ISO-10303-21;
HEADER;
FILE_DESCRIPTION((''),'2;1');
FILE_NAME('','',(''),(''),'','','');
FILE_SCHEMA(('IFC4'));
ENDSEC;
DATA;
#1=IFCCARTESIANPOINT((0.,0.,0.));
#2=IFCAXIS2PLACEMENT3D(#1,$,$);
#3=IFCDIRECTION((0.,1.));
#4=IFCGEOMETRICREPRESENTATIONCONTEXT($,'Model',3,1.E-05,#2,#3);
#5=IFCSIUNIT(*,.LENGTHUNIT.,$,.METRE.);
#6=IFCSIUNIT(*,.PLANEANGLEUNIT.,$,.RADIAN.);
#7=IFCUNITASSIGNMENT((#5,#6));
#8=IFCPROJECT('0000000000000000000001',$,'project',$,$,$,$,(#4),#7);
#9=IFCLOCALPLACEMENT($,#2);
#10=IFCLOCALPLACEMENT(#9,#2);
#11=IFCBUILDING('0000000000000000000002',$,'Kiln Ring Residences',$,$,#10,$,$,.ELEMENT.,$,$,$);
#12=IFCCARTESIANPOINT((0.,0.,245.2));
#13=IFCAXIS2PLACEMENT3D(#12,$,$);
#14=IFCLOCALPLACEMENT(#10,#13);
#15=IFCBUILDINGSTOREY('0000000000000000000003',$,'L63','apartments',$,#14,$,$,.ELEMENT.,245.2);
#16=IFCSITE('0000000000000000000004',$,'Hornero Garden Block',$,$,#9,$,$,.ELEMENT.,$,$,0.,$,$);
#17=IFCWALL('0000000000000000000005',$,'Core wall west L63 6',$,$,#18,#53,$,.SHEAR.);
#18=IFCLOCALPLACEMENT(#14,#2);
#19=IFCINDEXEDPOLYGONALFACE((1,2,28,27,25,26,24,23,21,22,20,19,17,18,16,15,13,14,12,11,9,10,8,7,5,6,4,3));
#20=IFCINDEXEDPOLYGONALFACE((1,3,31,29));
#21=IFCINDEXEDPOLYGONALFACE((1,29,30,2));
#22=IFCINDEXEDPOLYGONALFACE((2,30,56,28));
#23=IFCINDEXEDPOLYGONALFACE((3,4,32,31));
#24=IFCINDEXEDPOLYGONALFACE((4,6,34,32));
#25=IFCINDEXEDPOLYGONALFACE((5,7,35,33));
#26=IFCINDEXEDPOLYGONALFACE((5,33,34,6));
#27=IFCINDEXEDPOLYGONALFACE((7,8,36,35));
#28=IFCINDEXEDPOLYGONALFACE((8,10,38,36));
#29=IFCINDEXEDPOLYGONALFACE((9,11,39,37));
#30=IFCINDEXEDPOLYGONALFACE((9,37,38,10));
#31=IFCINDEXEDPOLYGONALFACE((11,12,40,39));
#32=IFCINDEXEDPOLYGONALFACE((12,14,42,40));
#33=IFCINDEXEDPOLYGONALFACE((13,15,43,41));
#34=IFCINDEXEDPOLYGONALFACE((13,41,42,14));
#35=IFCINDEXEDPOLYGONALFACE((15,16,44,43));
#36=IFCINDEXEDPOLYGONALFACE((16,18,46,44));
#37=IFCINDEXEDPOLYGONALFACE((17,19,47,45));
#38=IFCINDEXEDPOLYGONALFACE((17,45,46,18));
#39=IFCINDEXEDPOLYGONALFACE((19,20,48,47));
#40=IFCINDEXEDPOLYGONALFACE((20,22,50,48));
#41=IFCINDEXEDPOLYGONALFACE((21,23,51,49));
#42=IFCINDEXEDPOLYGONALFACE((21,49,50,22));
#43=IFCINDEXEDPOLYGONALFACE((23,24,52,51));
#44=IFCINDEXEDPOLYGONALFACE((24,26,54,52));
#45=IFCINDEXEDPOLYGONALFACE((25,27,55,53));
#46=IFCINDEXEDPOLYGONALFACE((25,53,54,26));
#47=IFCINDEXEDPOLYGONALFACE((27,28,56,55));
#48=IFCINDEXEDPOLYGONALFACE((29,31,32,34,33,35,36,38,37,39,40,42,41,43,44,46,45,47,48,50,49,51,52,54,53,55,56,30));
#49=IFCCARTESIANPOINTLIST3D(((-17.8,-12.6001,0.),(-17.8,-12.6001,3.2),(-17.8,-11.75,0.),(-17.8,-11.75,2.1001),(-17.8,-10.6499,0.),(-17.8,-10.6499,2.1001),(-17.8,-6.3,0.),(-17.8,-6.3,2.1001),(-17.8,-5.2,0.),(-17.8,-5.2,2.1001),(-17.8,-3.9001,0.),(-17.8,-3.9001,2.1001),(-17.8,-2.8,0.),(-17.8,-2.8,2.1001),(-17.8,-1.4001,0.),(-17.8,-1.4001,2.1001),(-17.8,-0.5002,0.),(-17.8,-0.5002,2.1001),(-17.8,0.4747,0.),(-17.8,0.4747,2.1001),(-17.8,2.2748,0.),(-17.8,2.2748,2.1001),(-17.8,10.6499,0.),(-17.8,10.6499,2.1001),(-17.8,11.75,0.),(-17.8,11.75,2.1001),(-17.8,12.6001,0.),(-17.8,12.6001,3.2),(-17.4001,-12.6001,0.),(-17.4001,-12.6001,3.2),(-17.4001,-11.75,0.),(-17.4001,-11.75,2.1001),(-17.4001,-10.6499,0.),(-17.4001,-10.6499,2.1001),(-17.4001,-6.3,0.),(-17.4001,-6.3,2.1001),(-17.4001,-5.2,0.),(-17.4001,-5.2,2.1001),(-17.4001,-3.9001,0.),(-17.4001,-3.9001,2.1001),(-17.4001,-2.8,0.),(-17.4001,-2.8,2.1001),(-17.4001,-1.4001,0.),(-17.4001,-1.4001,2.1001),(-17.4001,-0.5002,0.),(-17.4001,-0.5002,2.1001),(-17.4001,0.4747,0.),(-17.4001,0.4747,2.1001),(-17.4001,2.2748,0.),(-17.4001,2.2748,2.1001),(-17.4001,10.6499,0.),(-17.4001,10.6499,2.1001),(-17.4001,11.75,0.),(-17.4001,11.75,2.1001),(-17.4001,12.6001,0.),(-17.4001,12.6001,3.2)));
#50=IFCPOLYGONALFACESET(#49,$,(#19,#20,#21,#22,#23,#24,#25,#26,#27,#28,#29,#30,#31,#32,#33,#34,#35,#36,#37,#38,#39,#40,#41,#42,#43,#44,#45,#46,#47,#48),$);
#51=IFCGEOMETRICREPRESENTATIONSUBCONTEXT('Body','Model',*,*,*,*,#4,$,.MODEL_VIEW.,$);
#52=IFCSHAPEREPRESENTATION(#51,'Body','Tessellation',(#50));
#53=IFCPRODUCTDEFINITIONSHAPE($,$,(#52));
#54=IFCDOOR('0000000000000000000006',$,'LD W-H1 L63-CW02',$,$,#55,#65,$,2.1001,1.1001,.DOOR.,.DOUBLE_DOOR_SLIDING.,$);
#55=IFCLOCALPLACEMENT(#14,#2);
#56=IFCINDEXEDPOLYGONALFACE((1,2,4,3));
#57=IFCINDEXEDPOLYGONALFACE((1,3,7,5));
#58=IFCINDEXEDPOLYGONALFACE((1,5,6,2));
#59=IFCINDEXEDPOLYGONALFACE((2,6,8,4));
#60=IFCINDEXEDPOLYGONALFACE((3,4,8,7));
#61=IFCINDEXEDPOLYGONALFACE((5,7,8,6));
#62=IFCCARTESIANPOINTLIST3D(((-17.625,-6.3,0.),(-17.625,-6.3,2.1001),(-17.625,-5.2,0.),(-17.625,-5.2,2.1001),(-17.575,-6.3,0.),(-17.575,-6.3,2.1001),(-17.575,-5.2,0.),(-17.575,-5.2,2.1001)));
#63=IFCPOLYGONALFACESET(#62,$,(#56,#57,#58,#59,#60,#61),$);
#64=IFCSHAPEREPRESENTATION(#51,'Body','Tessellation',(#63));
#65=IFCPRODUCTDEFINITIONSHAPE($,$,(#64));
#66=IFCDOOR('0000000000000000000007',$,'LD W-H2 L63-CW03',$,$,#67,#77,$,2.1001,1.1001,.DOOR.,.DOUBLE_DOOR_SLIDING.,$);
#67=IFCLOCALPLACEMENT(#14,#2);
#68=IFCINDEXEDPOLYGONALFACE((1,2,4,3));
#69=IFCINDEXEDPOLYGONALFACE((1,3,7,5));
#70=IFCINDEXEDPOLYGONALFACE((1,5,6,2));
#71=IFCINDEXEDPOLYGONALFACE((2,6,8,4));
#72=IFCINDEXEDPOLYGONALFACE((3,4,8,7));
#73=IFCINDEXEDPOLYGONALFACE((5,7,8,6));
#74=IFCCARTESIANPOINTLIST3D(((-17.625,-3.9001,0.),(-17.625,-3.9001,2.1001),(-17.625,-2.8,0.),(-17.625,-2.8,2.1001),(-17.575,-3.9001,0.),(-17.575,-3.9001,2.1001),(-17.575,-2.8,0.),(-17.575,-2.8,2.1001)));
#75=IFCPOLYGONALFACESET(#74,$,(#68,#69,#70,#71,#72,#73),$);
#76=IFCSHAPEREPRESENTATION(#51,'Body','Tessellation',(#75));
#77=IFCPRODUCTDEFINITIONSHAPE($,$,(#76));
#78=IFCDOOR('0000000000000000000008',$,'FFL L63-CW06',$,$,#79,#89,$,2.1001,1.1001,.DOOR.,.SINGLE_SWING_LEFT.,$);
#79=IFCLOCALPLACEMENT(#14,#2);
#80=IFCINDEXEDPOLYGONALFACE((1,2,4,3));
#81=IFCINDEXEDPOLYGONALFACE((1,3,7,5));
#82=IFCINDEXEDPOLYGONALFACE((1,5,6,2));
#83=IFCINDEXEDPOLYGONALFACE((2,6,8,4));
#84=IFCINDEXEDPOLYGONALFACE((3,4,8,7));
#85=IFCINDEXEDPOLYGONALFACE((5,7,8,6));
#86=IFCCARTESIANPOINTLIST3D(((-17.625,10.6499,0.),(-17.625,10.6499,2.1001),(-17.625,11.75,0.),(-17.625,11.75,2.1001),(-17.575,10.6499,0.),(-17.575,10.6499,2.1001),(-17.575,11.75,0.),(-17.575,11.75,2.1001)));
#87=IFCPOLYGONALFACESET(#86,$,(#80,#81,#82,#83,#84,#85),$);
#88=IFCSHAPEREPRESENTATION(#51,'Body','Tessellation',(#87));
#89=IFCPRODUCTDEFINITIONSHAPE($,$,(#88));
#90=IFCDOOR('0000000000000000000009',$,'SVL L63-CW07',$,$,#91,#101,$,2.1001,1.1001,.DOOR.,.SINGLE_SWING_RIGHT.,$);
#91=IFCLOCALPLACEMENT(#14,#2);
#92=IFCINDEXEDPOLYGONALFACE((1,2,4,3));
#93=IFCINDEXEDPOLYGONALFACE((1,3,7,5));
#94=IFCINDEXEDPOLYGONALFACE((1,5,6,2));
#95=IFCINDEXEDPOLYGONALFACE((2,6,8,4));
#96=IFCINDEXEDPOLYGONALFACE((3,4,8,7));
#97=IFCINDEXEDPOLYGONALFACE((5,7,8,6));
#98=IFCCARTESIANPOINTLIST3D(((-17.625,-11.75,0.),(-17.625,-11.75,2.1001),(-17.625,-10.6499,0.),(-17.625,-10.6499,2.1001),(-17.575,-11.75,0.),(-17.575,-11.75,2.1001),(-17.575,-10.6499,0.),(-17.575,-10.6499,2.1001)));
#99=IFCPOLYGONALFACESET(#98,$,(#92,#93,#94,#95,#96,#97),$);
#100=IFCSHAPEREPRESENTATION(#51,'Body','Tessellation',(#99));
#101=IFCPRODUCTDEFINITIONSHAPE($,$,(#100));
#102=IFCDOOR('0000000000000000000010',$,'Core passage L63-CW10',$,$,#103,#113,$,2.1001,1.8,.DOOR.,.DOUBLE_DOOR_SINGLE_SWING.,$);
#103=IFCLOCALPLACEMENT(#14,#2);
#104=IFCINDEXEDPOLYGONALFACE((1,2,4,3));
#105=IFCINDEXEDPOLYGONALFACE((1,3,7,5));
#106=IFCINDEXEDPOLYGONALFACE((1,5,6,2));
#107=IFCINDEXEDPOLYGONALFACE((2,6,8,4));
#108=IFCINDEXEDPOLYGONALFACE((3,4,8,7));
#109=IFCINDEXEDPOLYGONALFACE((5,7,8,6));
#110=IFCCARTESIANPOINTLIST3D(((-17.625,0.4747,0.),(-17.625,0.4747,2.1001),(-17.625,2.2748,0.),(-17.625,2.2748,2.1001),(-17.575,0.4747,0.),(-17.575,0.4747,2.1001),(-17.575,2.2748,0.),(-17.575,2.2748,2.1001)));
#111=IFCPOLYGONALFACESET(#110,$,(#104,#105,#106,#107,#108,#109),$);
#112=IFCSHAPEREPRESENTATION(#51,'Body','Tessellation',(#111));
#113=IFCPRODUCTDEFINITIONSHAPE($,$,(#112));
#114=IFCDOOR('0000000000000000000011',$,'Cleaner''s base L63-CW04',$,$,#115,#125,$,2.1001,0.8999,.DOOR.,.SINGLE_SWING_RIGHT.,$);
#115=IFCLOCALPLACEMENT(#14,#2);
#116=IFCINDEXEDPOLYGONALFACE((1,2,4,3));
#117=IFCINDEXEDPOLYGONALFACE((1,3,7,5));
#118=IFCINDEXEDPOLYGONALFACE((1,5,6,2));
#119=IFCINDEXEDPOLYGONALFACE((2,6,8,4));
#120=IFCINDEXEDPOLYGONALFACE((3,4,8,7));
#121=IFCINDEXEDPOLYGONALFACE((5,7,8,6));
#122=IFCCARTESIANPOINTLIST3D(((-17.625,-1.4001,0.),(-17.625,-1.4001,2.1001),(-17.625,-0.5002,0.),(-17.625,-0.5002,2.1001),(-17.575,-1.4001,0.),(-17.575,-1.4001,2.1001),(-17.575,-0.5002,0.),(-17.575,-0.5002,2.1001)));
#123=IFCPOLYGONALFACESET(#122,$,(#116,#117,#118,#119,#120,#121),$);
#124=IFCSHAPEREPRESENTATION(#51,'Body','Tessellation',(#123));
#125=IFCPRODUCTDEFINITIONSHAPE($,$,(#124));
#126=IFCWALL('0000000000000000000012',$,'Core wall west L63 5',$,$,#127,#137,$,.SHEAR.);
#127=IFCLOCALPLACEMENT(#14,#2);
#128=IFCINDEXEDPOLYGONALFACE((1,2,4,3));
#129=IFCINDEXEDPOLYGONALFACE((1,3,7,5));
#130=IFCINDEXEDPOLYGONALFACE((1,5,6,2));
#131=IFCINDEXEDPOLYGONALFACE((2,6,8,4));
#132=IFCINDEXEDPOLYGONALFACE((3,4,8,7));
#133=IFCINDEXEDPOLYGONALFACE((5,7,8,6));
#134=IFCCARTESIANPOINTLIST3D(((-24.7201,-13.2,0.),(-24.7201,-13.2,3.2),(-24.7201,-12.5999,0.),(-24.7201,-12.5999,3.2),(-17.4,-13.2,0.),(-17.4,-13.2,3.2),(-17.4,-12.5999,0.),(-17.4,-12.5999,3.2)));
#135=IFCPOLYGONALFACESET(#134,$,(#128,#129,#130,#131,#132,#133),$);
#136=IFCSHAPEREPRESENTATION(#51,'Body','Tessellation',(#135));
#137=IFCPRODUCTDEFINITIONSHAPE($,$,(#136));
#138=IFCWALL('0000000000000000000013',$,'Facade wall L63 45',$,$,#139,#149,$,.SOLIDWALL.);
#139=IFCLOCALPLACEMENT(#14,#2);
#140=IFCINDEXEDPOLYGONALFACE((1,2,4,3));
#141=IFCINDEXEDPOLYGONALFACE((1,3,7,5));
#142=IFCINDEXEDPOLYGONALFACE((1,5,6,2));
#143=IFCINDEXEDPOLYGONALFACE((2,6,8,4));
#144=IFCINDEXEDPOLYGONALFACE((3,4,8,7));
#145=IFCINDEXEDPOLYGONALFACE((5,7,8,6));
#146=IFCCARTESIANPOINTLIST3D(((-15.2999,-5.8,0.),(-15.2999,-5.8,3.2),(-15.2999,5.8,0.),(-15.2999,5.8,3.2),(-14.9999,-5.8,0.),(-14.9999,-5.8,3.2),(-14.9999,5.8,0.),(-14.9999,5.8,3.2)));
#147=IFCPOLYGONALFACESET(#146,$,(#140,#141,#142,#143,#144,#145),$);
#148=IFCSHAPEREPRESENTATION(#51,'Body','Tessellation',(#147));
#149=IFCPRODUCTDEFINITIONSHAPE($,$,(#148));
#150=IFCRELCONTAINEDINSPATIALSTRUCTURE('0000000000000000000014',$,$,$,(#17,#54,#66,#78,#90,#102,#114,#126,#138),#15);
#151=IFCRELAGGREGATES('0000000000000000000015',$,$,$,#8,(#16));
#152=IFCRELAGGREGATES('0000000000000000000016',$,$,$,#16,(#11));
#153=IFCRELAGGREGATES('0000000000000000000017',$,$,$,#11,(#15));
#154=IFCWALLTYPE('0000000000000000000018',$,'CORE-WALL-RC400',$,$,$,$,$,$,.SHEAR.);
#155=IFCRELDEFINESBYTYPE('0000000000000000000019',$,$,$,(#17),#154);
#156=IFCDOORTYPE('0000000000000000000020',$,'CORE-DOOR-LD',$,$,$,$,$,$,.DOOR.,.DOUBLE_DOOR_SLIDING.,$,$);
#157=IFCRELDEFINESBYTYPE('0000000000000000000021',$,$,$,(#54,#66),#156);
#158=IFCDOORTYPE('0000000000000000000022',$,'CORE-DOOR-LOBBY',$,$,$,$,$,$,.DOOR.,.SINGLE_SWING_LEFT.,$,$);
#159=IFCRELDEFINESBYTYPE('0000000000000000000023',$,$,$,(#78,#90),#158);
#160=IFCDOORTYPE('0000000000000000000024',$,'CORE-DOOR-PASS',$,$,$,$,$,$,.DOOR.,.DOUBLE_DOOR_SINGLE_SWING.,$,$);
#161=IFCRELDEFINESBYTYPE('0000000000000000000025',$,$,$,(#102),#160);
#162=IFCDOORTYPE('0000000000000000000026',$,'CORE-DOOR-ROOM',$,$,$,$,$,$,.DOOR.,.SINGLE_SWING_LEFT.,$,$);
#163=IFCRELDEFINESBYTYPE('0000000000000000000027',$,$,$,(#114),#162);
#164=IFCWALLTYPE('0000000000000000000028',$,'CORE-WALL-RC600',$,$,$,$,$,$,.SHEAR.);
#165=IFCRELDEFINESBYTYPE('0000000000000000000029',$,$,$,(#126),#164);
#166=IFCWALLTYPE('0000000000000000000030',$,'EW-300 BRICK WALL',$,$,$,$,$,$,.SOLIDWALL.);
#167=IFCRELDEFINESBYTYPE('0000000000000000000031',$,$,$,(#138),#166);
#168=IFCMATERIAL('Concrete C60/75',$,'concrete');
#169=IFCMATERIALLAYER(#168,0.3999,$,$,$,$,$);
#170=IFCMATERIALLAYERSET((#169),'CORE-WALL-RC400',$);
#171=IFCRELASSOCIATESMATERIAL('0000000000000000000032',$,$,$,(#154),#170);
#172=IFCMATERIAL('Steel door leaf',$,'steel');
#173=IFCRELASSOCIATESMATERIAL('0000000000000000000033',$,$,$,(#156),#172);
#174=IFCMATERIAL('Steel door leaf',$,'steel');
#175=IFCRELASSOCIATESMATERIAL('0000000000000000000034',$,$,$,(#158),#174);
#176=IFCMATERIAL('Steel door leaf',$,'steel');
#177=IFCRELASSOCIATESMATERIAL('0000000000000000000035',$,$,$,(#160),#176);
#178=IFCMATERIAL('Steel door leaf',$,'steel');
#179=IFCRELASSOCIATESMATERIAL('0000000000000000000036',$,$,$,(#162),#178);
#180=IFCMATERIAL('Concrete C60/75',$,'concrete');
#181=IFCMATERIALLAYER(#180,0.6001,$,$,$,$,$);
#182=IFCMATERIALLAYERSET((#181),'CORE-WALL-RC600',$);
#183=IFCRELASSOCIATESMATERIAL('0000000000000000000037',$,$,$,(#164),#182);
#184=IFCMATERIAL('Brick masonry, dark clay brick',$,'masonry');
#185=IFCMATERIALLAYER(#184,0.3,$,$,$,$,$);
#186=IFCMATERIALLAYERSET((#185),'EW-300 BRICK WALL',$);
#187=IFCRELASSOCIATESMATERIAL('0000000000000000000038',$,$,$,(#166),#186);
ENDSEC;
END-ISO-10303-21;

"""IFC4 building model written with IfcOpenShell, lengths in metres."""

from ifc_helpers import new_model, si_unit, direction, frame, frame_2d, origin, place, context, subcontext, project, spatial, rectangle, extrude, material, layer, layer_set, type_object, element, fill, save


model = new_model("IFC4")

# Units and contexts
model_context = context("Model", 3, precision=1e-05, world=origin(), true_north=direction((0.0, 1.0)))
body_context = subcontext(model_context, "Body", "Model", "MODEL_VIEW")
ifc_project = project(units=[si_unit("LENGTHUNIT", "METRE"), si_unit("PLANEANGLEUNIT", "RADIAN")], contexts=[model_context])

# Site, building, storey
site_placement = place(None, origin())
site = spatial("IfcSite", under=ifc_project, at=site_placement, Name="Hornero Garden Block", CompositionType="ELEMENT", RefElevation=0.0)
building_placement = place(site_placement, origin())
building = spatial("IfcBuilding", under=site, at=building_placement, Name="Kiln Ring Residences", CompositionType="ELEMENT")
storey_placement = place(building_placement, frame((0.0, 0.0, 245.2)))
storey = spatial("IfcBuildingStorey", under=building, at=storey_placement, Name="L63", Description="apartments", CompositionType="ELEMENT", Elevation=245.2)

# Wall, openings, doors
ifc_material_1 = material(Name="Concrete C60/75", Category="concrete")
ifc_layer_1 = layer(ifc_material_1, 0.3999)
ifc_layer_set_1 = layer_set([ifc_layer_1], Name="CORE-WALL-RC400")
wall_type_1 = type_object("IfcWallType", Name="CORE-WALL-RC400", PredefinedType="SHEAR", material=ifc_layer_set_1)
wall_1_placement = place(storey_placement, frame((-17.6001, -12.6001, 0.0), z_axis=(0.0, 0.0, 1.0), x_axis=(0.0, 1.0, 0.0)))
wall_1 = element("IfcWall", 1, at=wall_1_placement, inside=storey, type_object=wall_type_1, Name="Core wall west L63 6", PredefinedType="SHEAR", context=body_context, shape_type="SweptSolid", body=[
    extrude(rectangle(XDim=25.2002, YDim=0.3999, at=frame_2d((12.6001, 0.0))), origin(), (0.0, 0.0, 1.0), 3.2),
])
opening_1_placement = place(wall_1_placement, frame((6.3, 0.0, 0.0)))
opening_1 = element("IfcOpeningElement", 2, at=opening_1_placement, cuts=wall_1, PredefinedType="OPENING", context=body_context, shape_type="SweptSolid", body=[
    extrude(rectangle(XDim=1.1001, YDim=2.1001, at=frame_2d((0.55, 1.05))), frame((0.0, 0.21, 0.0), z_axis=(0.0, -1.0, 0.0), x_axis=(1.0, 0.0, 0.0)), (0.0, 0.0, 1.0), 0.4199),
])
opening_2_placement = place(wall_1_placement, frame((8.7, 0.0, 0.0)))
opening_2 = element("IfcOpeningElement", 3, at=opening_2_placement, cuts=wall_1, PredefinedType="OPENING", context=body_context, shape_type="SweptSolid", body=[
    extrude(rectangle(XDim=1.1001, YDim=2.1001, at=frame_2d((0.55, 1.05))), frame((0.0, 0.21, 0.0), z_axis=(0.0, -1.0, 0.0), x_axis=(1.0, 0.0, 0.0)), (0.0, 0.0, 1.0), 0.4199),
])
opening_3_placement = place(wall_1_placement, frame((11.2, 0.0, 0.0)))
opening_3 = element("IfcOpeningElement", 4, at=opening_3_placement, cuts=wall_1, PredefinedType="OPENING", context=body_context, shape_type="SweptSolid", body=[
    extrude(rectangle(XDim=0.8999, YDim=2.1001, at=frame_2d((0.45, 1.05))), frame((0.0, 0.21, 0.0), z_axis=(0.0, -1.0, 0.0), x_axis=(1.0, 0.0, 0.0)), (0.0, 0.0, 1.0), 0.4199),
])
opening_4_placement = place(wall_1_placement, frame((23.25, 0.0, 0.0)))
opening_4 = element("IfcOpeningElement", 5, at=opening_4_placement, cuts=wall_1, PredefinedType="OPENING", context=body_context, shape_type="SweptSolid", body=[
    extrude(rectangle(XDim=1.1001, YDim=2.1001, at=frame_2d((0.55, 1.05))), frame((0.0, 0.21, 0.0), z_axis=(0.0, -1.0, 0.0), x_axis=(1.0, 0.0, 0.0)), (0.0, 0.0, 1.0), 0.4199),
])
opening_5_placement = place(wall_1_placement, frame((0.8501, 0.0, 0.0)))
opening_5 = element("IfcOpeningElement", 6, at=opening_5_placement, cuts=wall_1, PredefinedType="OPENING", context=body_context, shape_type="SweptSolid", body=[
    extrude(rectangle(XDim=1.1001, YDim=2.1001, at=frame_2d((0.55, 1.05))), frame((0.0, 0.21, 0.0), z_axis=(0.0, -1.0, 0.0), x_axis=(1.0, 0.0, 0.0)), (0.0, 0.0, 1.0), 0.4199),
])
opening_6_placement = place(wall_1_placement, frame((13.075, 0.0, 0.0)))
opening_6 = element("IfcOpeningElement", 7, at=opening_6_placement, cuts=wall_1, PredefinedType="OPENING", context=body_context, shape_type="SweptSolid", body=[
    extrude(rectangle(XDim=1.8, YDim=2.1001, at=frame_2d((0.8999, 1.05))), frame((0.0, 0.21, 0.0), z_axis=(0.0, -1.0, 0.0), x_axis=(1.0, 0.0, 0.0)), (0.0, 0.0, 1.0), 0.4199),
])
ifc_material_2 = material(Name="Steel door leaf", Category="steel")
door_type_1 = type_object("IfcDoorType", Name="CORE-DOOR-LD", OperationType="DOUBLE_DOOR_SLIDING", PredefinedType="DOOR", material=ifc_material_2)
door_1_placement = place(opening_1_placement, origin())
door_1 = element("IfcDoor", 8, at=door_1_placement, inside=storey, type_object=door_type_1, Name="LD W-H1 L63-CW02", OperationType="DOUBLE_DOOR_SLIDING", OverallHeight=2.1001, OverallWidth=1.1001, PredefinedType="DOOR", context=body_context, shape_type="SweptSolid", body=[
    extrude(rectangle(XDim=1.1001, YDim=2.1001, at=frame_2d((0.55, 1.05))), frame((0.0, 0.0249, 0.0), z_axis=(0.0, -1.0, 0.0), x_axis=(1.0, 0.0, 0.0)), (0.0, 0.0, 1.0), 0.05),
])
fill(opening_1, door_1)
door_2_placement = place(opening_2_placement, origin())
door_2 = element("IfcDoor", 9, at=door_2_placement, inside=storey, type_object=door_type_1, Name="LD W-H2 L63-CW03", OperationType="DOUBLE_DOOR_SLIDING", OverallHeight=2.1001, OverallWidth=1.1001, PredefinedType="DOOR", context=body_context, shape_type="SweptSolid", body=[
    extrude(rectangle(XDim=1.1001, YDim=2.1001, at=frame_2d((0.55, 1.05))), frame((0.0, 0.0249, 0.0), z_axis=(0.0, -1.0, 0.0), x_axis=(1.0, 0.0, 0.0)), (0.0, 0.0, 1.0), 0.05),
])
fill(opening_2, door_2)
ifc_material_3 = material(Name="Steel door leaf", Category="steel")
door_type_2 = type_object("IfcDoorType", Name="CORE-DOOR-LOBBY", OperationType="SINGLE_SWING_LEFT", PredefinedType="DOOR", material=ifc_material_3)
door_3_placement = place(opening_4_placement, origin())
door_3 = element("IfcDoor", 10, at=door_3_placement, inside=storey, type_object=door_type_2, Name="FFL L63-CW06", OperationType="SINGLE_SWING_LEFT", OverallHeight=2.1001, OverallWidth=1.1001, PredefinedType="DOOR", context=body_context, shape_type="SweptSolid", body=[
    extrude(rectangle(XDim=1.1001, YDim=2.1001, at=frame_2d((0.55, 1.05))), frame((0.0, 0.0249, 0.0), z_axis=(0.0, -1.0, 0.0), x_axis=(1.0, 0.0, 0.0)), (0.0, 0.0, 1.0), 0.05),
])
fill(opening_4, door_3)
door_4_placement = place(opening_5_placement, origin())
door_4 = element("IfcDoor", 11, at=door_4_placement, inside=storey, type_object=door_type_2, Name="SVL L63-CW07", OperationType="SINGLE_SWING_RIGHT", OverallHeight=2.1001, OverallWidth=1.1001, PredefinedType="DOOR", context=body_context, shape_type="SweptSolid", body=[
    extrude(rectangle(XDim=1.1001, YDim=2.1001, at=frame_2d((0.55, 1.05))), frame((0.0, 0.0249, 0.0), z_axis=(0.0, -1.0, 0.0), x_axis=(1.0, 0.0, 0.0)), (0.0, 0.0, 1.0), 0.05),
])
fill(opening_5, door_4)
ifc_material_4 = material(Name="Steel door leaf", Category="steel")
door_type_3 = type_object("IfcDoorType", Name="CORE-DOOR-PASS", OperationType="DOUBLE_DOOR_SINGLE_SWING", PredefinedType="DOOR", material=ifc_material_4)
door_5_placement = place(opening_6_placement, origin())
door_5 = element("IfcDoor", 12, at=door_5_placement, inside=storey, type_object=door_type_3, Name="Core passage L63-CW10", OperationType="DOUBLE_DOOR_SINGLE_SWING", OverallHeight=2.1001, OverallWidth=1.8, PredefinedType="DOOR", context=body_context, shape_type="SweptSolid", body=[
    extrude(rectangle(XDim=1.8, YDim=2.1001, at=frame_2d((0.8999, 1.05))), frame((0.0, 0.0249, 0.0), z_axis=(0.0, -1.0, 0.0), x_axis=(1.0, 0.0, 0.0)), (0.0, 0.0, 1.0), 0.05),
])
fill(opening_6, door_5)
ifc_material_5 = material(Name="Steel door leaf", Category="steel")
door_type_4 = type_object("IfcDoorType", Name="CORE-DOOR-ROOM", OperationType="SINGLE_SWING_LEFT", PredefinedType="DOOR", material=ifc_material_5)
door_6_placement = place(opening_3_placement, origin())
door_6 = element("IfcDoor", 13, at=door_6_placement, inside=storey, type_object=door_type_4, Name="Cleaner's base L63-CW04", OperationType="SINGLE_SWING_RIGHT", OverallHeight=2.1001, OverallWidth=0.8999, PredefinedType="DOOR", context=body_context, shape_type="SweptSolid", body=[
    extrude(rectangle(XDim=0.8999, YDim=2.1001, at=frame_2d((0.45, 1.05))), frame((0.0, 0.0249, 0.0), z_axis=(0.0, -1.0, 0.0), x_axis=(1.0, 0.0, 0.0)), (0.0, 0.0, 1.0), 0.05),
])
fill(opening_3, door_6)

# Walls
ifc_material_6 = material(Name="Concrete C60/75", Category="concrete")
ifc_layer_2 = layer(ifc_material_6, 0.6001)
ifc_layer_set_2 = layer_set([ifc_layer_2], Name="CORE-WALL-RC600")
wall_type_2 = type_object("IfcWallType", Name="CORE-WALL-RC600", PredefinedType="SHEAR", material=ifc_layer_set_2)
wall_2_placement = place(storey_placement, frame((-17.3999, -12.8999, 0.0), z_axis=(0.0, 0.0, 1.0), x_axis=(-1.0, 0.0, 0.0)))
element("IfcWall", 14, at=wall_2_placement, inside=storey, type_object=wall_type_2, Name="Core wall west L63 5", PredefinedType="SHEAR", context=body_context, shape_type="SweptSolid", body=[
    extrude(rectangle(XDim=7.3201, YDim=0.6001, at=frame_2d((3.6602, 0.0))), origin(), (0.0, 0.0, 1.0), 3.2),
])
ifc_material_7 = material(Name="Brick masonry, dark clay brick", Category="masonry")
ifc_layer_3 = layer(ifc_material_7, 0.3)
ifc_layer_set_3 = layer_set([ifc_layer_3], Name="EW-300 BRICK WALL")
wall_type_3 = type_object("IfcWallType", Name="EW-300 BRICK WALL", PredefinedType="SOLIDWALL", material=ifc_layer_set_3)
wall_3_placement = place(storey_placement, frame((-15.1499, -5.8, 0.0), z_axis=(0.0, 0.0, 1.0), x_axis=(0.0, 1.0, 0.0)))
element("IfcWall", 15, at=wall_3_placement, inside=storey, type_object=wall_type_3, Name="Facade wall L63 45", PredefinedType="SOLIDWALL", context=body_context, shape_type="SweptSolid", body=[
    extrude(rectangle(XDim=11.6001, YDim=0.3, at=frame_2d((5.8, 0.0))), origin(), (0.0, 0.0, 1.0), 3.2),
])

save(model, "model.ifc")
